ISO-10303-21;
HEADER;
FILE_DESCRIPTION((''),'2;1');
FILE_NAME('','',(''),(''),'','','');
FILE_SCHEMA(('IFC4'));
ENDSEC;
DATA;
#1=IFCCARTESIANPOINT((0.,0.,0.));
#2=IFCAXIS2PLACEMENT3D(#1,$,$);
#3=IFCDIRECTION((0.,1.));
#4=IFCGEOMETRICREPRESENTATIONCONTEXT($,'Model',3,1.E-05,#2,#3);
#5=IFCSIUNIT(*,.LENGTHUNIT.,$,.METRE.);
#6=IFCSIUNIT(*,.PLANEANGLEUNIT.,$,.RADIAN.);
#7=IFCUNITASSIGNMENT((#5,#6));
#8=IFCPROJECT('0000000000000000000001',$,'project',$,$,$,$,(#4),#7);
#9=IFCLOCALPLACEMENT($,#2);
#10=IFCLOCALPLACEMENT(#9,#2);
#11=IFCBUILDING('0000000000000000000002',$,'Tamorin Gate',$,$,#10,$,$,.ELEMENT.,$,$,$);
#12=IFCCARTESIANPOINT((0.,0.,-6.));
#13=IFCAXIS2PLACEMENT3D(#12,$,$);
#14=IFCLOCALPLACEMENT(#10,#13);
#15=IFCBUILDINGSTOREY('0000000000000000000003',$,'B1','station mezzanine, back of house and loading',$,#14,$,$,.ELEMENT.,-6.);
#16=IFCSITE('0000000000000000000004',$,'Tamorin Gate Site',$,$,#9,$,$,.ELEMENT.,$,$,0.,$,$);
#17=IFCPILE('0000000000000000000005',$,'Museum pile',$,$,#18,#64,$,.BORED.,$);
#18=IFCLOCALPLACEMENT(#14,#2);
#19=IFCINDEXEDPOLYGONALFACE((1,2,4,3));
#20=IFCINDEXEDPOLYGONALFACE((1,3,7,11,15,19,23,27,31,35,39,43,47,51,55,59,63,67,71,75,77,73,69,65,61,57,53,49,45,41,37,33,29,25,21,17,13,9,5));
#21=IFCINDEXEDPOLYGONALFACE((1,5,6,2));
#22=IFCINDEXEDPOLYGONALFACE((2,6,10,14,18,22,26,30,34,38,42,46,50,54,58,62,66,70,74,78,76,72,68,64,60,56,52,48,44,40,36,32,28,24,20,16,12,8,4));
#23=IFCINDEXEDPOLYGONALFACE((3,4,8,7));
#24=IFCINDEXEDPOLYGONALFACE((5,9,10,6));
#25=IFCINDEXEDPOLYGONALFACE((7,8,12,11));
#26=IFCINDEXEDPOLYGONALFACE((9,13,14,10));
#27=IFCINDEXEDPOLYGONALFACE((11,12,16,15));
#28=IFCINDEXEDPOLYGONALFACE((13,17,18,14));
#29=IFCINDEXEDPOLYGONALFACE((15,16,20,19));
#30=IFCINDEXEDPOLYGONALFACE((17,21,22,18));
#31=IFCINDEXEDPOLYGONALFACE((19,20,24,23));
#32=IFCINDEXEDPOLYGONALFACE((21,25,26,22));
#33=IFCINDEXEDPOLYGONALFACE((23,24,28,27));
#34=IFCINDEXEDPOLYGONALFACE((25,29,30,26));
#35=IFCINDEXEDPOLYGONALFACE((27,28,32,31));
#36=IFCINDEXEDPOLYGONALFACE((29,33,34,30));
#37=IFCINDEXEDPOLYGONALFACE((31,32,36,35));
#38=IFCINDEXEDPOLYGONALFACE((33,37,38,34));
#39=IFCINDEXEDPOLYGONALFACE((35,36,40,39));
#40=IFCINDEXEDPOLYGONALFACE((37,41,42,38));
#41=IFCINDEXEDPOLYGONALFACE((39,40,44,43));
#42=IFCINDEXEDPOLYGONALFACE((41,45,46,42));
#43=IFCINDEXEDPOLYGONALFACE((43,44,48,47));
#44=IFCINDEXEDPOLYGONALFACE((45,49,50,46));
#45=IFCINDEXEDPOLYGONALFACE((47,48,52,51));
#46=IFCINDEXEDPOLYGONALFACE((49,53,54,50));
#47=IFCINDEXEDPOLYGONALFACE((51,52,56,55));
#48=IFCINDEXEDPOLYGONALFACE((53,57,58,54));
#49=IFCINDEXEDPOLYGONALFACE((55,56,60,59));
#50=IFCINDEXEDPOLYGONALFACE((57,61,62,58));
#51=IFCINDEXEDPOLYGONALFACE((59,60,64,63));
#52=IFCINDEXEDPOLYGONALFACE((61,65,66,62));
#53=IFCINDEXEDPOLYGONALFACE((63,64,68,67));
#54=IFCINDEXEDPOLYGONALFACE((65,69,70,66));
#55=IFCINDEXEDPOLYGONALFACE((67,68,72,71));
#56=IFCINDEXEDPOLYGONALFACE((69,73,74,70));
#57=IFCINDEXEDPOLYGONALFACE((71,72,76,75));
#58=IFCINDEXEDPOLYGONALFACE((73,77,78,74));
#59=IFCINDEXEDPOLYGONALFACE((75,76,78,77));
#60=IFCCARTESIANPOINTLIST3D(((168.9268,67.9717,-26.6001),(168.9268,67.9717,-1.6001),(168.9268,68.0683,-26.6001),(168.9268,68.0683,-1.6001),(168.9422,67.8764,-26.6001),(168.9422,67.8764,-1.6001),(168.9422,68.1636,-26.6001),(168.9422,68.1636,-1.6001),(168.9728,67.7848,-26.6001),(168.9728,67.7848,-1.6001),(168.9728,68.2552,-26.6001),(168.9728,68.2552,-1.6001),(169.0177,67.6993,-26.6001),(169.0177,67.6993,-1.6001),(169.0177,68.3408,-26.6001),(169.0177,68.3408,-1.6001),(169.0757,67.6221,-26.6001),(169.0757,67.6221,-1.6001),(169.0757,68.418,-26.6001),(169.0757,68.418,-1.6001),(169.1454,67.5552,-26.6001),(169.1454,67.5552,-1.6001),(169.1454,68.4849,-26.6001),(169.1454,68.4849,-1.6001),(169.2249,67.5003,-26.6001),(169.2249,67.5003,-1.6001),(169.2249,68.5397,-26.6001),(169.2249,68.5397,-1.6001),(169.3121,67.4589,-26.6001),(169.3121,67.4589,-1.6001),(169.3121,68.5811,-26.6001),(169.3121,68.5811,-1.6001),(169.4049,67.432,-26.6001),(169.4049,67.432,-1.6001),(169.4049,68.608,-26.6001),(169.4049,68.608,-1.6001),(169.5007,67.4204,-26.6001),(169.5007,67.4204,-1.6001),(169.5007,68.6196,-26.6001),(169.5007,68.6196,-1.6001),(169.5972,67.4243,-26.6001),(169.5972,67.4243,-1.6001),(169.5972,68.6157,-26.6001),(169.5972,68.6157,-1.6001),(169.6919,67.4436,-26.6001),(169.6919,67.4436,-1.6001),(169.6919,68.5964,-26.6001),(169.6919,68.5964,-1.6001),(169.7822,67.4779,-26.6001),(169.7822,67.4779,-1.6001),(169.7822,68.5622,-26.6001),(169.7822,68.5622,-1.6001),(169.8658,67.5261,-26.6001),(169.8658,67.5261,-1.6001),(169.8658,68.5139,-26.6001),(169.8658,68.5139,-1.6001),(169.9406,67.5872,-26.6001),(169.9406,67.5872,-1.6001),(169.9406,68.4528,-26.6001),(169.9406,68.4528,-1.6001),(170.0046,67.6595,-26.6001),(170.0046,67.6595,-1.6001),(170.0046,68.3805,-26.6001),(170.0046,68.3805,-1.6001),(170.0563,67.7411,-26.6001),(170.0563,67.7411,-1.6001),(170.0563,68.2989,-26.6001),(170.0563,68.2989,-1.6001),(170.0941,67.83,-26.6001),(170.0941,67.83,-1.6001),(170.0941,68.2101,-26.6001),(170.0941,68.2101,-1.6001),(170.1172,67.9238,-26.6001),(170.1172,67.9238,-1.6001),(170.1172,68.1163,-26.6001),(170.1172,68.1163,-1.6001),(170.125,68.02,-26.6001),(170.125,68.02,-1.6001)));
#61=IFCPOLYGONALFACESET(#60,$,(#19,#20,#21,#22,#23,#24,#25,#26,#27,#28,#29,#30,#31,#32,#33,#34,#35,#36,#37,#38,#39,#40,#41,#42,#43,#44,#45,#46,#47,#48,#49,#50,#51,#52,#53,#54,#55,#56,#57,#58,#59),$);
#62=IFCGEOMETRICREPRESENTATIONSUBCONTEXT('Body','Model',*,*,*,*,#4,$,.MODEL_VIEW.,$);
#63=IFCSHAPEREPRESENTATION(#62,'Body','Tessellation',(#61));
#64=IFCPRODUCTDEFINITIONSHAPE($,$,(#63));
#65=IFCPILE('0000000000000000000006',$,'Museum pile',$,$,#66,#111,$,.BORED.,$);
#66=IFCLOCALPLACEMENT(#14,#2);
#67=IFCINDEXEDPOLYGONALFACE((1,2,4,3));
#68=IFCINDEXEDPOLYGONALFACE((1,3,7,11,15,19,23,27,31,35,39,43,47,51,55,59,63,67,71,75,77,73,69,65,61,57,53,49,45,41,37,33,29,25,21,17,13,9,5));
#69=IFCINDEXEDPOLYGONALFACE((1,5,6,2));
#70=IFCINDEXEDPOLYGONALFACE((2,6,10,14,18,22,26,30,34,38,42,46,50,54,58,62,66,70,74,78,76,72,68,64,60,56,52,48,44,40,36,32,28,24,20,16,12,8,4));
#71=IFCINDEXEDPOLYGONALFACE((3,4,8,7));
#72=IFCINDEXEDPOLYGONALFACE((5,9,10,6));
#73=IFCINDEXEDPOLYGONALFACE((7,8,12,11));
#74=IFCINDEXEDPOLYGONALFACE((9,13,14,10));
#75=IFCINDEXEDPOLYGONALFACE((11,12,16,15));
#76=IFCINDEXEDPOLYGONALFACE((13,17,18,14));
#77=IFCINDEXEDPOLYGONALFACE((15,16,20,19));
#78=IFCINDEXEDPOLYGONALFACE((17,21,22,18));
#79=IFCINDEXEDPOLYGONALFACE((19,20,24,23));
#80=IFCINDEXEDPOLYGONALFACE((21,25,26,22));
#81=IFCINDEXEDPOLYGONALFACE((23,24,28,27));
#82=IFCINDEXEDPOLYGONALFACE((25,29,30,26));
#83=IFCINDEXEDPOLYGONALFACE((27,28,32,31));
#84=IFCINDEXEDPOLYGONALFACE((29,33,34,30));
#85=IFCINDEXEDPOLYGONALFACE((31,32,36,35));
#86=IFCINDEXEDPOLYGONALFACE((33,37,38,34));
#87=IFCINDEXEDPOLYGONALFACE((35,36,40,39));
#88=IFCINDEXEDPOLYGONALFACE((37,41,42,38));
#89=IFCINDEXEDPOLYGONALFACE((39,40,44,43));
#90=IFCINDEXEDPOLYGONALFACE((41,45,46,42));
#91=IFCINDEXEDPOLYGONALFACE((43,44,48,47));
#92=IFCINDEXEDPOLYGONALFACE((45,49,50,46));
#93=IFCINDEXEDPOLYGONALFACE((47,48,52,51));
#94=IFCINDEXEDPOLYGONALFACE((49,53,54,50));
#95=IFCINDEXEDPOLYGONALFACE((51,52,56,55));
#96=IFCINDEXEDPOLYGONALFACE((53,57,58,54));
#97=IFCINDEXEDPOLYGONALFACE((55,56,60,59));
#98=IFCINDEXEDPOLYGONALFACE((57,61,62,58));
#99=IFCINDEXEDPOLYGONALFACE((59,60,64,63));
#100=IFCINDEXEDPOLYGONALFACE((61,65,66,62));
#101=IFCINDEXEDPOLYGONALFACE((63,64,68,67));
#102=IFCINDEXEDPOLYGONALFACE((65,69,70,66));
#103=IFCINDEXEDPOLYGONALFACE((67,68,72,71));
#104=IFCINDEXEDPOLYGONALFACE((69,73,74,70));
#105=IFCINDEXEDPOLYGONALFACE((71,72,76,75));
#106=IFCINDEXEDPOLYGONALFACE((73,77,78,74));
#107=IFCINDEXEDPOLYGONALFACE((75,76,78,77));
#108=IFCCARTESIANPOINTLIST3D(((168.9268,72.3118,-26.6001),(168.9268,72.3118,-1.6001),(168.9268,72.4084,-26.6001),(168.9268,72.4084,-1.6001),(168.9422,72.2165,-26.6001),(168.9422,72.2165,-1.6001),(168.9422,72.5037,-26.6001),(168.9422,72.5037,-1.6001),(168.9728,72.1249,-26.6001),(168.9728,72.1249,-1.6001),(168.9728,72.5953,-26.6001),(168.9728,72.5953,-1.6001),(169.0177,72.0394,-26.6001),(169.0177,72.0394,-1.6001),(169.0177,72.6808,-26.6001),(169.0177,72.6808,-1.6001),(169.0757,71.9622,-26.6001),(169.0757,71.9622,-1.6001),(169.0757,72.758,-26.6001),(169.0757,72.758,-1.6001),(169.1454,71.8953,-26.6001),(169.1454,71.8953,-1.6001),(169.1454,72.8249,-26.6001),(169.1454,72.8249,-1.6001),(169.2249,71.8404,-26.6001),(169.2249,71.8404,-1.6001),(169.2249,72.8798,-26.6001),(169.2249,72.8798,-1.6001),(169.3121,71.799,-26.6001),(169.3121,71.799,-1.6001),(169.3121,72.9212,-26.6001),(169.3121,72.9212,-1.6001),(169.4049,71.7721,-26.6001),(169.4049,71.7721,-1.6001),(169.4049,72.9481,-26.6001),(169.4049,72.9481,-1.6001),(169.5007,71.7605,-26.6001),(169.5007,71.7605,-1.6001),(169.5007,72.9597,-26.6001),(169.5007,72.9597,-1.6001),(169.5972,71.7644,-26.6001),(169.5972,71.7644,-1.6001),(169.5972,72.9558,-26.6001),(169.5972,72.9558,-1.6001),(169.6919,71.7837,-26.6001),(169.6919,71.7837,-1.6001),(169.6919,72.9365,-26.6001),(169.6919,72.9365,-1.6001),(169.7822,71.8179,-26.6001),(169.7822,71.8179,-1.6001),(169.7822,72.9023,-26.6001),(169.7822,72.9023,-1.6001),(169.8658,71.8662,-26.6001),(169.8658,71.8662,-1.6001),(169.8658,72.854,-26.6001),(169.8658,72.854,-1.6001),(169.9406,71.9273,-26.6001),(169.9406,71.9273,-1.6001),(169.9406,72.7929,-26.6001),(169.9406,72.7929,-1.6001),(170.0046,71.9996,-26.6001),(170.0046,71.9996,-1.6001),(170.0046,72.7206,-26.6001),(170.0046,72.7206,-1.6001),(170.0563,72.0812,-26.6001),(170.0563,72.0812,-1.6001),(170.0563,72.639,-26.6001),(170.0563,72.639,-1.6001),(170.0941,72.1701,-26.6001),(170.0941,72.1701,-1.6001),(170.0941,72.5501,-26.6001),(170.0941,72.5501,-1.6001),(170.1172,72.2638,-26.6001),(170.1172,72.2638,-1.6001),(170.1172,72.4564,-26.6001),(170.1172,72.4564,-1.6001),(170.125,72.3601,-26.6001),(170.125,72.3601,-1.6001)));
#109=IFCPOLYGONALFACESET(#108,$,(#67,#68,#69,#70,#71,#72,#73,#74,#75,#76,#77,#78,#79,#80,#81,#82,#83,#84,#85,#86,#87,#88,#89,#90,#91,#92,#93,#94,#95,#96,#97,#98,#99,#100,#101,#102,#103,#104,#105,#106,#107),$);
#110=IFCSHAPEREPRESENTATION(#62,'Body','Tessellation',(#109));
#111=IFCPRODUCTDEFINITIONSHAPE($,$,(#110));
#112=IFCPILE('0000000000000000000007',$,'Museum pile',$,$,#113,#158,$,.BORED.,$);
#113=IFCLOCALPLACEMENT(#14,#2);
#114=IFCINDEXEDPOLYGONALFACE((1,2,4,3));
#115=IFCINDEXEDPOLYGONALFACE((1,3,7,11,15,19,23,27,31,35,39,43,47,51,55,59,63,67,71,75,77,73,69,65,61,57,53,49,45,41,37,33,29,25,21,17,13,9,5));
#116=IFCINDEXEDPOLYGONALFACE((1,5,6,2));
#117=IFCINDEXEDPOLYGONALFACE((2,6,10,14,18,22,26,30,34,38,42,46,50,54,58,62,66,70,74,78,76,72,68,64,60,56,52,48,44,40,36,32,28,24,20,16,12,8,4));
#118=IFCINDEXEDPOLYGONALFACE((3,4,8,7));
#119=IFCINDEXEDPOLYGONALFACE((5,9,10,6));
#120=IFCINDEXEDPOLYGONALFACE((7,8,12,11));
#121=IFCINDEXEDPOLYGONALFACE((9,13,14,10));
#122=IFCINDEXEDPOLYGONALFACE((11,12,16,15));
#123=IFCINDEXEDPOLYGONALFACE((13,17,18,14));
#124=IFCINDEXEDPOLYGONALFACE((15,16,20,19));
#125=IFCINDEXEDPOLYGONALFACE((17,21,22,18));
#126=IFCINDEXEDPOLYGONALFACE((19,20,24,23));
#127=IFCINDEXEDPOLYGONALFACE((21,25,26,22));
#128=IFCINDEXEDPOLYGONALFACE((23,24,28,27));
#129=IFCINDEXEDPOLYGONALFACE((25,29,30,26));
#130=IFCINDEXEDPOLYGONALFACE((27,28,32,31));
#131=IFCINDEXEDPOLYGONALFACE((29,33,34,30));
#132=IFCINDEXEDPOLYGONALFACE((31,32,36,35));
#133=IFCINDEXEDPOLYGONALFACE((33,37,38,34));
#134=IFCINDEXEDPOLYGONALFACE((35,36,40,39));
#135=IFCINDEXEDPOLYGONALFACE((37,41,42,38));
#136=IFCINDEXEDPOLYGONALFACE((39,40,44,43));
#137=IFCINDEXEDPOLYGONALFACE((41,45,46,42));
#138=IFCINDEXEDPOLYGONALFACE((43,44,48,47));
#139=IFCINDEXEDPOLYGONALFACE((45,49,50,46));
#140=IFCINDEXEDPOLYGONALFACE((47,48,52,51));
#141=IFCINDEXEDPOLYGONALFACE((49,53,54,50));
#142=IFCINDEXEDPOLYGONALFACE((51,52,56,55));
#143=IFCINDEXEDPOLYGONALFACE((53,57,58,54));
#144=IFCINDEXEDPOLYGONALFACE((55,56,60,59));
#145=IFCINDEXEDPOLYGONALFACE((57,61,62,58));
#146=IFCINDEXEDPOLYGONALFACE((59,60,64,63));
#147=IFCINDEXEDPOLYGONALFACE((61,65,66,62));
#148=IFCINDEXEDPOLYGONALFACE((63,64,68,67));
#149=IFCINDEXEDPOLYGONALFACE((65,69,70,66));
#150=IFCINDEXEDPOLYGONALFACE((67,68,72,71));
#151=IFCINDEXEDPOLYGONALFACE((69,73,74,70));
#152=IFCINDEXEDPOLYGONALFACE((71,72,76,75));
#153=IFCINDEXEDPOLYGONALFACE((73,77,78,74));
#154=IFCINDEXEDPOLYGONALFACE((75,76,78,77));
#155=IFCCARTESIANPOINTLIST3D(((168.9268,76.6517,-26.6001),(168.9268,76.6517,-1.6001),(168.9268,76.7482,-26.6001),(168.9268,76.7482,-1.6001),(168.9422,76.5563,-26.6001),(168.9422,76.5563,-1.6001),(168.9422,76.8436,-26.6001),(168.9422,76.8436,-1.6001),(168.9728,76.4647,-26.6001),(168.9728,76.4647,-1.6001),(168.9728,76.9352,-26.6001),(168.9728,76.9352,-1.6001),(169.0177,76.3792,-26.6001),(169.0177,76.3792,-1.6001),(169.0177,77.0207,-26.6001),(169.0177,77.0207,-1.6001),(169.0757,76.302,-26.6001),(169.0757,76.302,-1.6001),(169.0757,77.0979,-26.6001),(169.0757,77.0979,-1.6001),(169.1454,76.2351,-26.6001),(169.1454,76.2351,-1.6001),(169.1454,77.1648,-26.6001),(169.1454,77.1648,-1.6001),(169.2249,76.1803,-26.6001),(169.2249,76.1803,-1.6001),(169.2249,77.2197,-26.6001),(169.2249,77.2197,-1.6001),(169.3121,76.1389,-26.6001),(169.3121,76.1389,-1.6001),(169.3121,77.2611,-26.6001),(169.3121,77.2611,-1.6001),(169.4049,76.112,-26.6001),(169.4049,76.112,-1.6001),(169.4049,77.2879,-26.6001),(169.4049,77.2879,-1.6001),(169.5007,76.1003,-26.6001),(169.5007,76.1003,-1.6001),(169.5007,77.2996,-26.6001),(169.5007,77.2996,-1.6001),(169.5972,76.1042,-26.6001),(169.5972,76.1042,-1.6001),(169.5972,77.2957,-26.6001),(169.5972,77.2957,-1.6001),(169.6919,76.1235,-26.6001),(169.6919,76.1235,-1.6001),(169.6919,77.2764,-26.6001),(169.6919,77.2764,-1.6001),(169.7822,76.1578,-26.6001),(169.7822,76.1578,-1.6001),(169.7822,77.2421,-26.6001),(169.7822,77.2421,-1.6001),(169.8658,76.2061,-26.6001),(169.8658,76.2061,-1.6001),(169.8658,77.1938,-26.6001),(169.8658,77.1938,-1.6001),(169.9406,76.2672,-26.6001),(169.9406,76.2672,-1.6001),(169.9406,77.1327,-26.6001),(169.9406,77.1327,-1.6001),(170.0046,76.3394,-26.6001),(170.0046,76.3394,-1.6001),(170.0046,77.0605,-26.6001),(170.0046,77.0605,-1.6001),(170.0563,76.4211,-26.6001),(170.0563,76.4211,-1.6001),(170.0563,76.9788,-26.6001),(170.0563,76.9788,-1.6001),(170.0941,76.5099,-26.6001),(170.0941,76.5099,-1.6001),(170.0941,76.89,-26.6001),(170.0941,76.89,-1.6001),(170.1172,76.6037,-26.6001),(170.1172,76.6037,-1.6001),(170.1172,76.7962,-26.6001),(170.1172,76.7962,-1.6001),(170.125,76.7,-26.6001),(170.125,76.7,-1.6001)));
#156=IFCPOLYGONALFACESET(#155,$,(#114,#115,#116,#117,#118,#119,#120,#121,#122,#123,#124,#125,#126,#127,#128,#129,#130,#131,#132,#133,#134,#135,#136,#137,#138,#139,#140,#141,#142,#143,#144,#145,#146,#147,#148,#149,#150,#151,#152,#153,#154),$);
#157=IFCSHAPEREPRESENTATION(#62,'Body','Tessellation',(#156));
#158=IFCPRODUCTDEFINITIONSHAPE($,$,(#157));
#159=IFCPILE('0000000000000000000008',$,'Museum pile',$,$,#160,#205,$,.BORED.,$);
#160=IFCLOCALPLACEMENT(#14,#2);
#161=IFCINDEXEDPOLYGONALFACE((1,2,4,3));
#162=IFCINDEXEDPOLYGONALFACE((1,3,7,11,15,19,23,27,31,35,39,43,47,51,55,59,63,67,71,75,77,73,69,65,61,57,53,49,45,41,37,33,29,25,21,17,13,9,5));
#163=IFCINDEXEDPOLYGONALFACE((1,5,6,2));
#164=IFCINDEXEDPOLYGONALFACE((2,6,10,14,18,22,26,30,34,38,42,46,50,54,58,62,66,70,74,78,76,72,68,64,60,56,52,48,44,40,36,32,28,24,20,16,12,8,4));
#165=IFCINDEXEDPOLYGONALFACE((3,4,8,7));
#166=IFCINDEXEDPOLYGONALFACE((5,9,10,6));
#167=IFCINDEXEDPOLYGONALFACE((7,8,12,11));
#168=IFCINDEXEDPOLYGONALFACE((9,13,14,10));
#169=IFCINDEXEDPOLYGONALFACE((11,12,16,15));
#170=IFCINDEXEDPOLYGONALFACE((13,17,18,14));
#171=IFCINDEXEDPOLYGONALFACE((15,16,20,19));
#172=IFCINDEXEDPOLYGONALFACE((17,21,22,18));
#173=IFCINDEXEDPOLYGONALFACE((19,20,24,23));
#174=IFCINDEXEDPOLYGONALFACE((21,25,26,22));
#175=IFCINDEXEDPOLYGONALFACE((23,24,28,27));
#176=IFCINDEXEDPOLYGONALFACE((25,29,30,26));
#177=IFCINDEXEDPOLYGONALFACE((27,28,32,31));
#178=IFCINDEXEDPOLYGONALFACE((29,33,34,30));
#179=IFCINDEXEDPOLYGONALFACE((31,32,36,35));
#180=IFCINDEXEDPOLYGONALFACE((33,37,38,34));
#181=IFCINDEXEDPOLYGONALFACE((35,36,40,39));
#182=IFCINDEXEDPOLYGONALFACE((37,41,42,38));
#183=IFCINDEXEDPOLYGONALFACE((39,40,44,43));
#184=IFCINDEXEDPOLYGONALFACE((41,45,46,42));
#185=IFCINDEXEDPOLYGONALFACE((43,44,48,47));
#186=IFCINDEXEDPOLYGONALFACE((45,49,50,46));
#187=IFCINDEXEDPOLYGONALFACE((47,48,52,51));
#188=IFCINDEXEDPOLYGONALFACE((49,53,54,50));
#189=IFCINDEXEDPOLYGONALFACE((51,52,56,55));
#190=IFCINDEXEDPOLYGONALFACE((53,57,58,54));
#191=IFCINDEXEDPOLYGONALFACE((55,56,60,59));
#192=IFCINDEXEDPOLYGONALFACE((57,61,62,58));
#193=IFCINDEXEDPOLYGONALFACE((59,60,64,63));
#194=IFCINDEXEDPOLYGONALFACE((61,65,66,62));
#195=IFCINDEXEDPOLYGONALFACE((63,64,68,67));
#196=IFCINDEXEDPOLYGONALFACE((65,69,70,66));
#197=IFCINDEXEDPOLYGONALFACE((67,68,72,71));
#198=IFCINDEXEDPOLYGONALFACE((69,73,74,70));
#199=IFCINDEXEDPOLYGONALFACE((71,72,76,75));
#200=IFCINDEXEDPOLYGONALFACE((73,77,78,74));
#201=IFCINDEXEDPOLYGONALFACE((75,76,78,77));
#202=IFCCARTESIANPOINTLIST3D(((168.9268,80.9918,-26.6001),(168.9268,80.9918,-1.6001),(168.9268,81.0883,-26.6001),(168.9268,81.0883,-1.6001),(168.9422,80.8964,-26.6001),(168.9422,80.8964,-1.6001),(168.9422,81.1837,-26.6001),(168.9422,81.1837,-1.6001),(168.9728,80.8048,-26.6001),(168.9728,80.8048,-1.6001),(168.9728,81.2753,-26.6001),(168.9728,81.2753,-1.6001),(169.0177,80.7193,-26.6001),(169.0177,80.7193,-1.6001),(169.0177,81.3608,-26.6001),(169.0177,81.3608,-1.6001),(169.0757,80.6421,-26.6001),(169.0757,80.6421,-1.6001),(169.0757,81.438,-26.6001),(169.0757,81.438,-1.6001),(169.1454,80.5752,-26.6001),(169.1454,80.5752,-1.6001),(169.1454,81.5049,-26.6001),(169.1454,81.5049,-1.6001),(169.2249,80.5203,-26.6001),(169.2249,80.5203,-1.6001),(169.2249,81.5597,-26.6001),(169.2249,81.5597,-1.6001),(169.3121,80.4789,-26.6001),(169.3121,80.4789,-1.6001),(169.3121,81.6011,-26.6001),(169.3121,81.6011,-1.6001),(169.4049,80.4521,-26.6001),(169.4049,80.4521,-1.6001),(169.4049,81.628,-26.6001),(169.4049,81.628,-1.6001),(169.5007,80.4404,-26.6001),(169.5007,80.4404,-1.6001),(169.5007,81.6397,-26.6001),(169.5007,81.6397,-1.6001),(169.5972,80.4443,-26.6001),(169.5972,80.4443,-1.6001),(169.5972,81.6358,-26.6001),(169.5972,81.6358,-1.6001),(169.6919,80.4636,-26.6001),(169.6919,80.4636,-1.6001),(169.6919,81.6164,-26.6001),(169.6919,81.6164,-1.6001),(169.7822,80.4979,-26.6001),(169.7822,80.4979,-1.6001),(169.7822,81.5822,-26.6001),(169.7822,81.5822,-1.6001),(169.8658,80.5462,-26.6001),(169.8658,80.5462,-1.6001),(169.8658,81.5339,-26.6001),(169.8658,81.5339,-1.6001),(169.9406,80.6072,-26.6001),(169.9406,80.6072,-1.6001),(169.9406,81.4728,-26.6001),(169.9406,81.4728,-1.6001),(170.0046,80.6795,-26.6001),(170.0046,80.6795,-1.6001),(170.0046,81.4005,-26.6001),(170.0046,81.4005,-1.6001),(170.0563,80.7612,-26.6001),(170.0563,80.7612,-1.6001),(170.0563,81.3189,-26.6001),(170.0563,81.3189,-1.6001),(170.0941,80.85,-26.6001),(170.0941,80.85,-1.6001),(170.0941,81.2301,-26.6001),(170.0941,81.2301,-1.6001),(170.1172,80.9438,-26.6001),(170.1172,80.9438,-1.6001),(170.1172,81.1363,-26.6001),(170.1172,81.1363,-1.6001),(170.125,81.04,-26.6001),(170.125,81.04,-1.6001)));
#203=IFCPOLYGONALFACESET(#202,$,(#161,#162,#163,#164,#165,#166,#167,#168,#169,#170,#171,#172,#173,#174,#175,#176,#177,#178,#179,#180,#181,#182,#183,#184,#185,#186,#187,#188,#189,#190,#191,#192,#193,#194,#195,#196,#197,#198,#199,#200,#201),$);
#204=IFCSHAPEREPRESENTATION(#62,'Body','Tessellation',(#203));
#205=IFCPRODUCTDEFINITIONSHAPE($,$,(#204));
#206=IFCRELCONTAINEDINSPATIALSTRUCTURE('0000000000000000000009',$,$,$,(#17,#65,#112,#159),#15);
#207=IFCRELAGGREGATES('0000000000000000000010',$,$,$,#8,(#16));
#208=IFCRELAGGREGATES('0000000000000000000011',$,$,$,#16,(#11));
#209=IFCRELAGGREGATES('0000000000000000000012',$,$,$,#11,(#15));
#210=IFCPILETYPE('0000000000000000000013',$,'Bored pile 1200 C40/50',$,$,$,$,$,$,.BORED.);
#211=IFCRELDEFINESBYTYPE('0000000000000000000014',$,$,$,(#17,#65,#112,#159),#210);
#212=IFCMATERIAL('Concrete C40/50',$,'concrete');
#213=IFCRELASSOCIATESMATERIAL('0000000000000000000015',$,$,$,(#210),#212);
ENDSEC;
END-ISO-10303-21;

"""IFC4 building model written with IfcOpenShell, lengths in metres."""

from ifc_helpers import new_model, si_unit, direction, frame, origin, origin_2d, place, context, subcontext, project, spatial, circle, extrude, material, material_profile, profile_set, type_object, element, save


model = new_model("IFC4")

# Units and contexts
model_context = context("Model", 3, precision=1e-05, world=origin(), true_north=direction((0.0, 1.0)))
body_context = subcontext(model_context, "Body", "Model", "MODEL_VIEW")
ifc_project = project(units=[si_unit("LENGTHUNIT", "METRE"), si_unit("PLANEANGLEUNIT", "RADIAN")], contexts=[model_context])

# Site, building, storey
site_placement = place(None, origin())
site = spatial("IfcSite", under=ifc_project, at=site_placement, Name="Tamorin Gate Site", CompositionType="ELEMENT", RefElevation=0.0)
building_placement = place(site_placement, origin())
building = spatial("IfcBuilding", under=site, at=building_placement, Name="Tamorin Gate", CompositionType="ELEMENT")
storey_placement = place(building_placement, frame((0.0, 0.0, -6.0)))
storey = spatial("IfcBuildingStorey", under=building, at=storey_placement, Name="B1", Description="station mezzanine, back of house and loading", CompositionType="ELEMENT", Elevation=-6.0)

# Piles
ifc_material_1 = material(Name="Concrete C40/50", Category="concrete")
ifc_material_profile_1 = material_profile(ifc_material_1, circle(Radius=0.6001, at=origin_2d()))
ifc_profile_set_1 = profile_set([ifc_material_profile_1], Name="Concrete C40/50")
pile_type = type_object("IfcPileType", Name="Bored pile 1200 C40/50", PredefinedType="BORED", material=ifc_profile_set_1)
for number, where, z_axis, x_axis, name in (
    (1, (169.5249, 68.02, -1.6001), (0.0, 0.0, -1.0), (1.0, 0.0, 0.0), "Museum pile"),
    (2, (169.5249, 72.3601, -1.6001), (0.0, 0.0, -1.0), (1.0, 0.0, 0.0), "Museum pile"),
    (3, (169.5249, 76.7, -1.6001), (0.0, 0.0, -1.0), (1.0, 0.0, 0.0), "Museum pile"),
    (4, (169.5249, 81.04, -1.6001), (0.0, 0.0, -1.0), (1.0, 0.0, 0.0), "Museum pile"),
):
    element("IfcPile", number, at=place(storey_placement, frame(where, z_axis=z_axis, x_axis=x_axis)), inside=storey, type_object=pile_type, Name=name, PredefinedType="BORED", context=body_context, shape_type="SweptSolid", body=[
        extrude(circle(Radius=0.6001, at=origin_2d()), origin(), (0.0, 0.0, 1.0), 25.0),
    ])

save(model, "model.ifc")
